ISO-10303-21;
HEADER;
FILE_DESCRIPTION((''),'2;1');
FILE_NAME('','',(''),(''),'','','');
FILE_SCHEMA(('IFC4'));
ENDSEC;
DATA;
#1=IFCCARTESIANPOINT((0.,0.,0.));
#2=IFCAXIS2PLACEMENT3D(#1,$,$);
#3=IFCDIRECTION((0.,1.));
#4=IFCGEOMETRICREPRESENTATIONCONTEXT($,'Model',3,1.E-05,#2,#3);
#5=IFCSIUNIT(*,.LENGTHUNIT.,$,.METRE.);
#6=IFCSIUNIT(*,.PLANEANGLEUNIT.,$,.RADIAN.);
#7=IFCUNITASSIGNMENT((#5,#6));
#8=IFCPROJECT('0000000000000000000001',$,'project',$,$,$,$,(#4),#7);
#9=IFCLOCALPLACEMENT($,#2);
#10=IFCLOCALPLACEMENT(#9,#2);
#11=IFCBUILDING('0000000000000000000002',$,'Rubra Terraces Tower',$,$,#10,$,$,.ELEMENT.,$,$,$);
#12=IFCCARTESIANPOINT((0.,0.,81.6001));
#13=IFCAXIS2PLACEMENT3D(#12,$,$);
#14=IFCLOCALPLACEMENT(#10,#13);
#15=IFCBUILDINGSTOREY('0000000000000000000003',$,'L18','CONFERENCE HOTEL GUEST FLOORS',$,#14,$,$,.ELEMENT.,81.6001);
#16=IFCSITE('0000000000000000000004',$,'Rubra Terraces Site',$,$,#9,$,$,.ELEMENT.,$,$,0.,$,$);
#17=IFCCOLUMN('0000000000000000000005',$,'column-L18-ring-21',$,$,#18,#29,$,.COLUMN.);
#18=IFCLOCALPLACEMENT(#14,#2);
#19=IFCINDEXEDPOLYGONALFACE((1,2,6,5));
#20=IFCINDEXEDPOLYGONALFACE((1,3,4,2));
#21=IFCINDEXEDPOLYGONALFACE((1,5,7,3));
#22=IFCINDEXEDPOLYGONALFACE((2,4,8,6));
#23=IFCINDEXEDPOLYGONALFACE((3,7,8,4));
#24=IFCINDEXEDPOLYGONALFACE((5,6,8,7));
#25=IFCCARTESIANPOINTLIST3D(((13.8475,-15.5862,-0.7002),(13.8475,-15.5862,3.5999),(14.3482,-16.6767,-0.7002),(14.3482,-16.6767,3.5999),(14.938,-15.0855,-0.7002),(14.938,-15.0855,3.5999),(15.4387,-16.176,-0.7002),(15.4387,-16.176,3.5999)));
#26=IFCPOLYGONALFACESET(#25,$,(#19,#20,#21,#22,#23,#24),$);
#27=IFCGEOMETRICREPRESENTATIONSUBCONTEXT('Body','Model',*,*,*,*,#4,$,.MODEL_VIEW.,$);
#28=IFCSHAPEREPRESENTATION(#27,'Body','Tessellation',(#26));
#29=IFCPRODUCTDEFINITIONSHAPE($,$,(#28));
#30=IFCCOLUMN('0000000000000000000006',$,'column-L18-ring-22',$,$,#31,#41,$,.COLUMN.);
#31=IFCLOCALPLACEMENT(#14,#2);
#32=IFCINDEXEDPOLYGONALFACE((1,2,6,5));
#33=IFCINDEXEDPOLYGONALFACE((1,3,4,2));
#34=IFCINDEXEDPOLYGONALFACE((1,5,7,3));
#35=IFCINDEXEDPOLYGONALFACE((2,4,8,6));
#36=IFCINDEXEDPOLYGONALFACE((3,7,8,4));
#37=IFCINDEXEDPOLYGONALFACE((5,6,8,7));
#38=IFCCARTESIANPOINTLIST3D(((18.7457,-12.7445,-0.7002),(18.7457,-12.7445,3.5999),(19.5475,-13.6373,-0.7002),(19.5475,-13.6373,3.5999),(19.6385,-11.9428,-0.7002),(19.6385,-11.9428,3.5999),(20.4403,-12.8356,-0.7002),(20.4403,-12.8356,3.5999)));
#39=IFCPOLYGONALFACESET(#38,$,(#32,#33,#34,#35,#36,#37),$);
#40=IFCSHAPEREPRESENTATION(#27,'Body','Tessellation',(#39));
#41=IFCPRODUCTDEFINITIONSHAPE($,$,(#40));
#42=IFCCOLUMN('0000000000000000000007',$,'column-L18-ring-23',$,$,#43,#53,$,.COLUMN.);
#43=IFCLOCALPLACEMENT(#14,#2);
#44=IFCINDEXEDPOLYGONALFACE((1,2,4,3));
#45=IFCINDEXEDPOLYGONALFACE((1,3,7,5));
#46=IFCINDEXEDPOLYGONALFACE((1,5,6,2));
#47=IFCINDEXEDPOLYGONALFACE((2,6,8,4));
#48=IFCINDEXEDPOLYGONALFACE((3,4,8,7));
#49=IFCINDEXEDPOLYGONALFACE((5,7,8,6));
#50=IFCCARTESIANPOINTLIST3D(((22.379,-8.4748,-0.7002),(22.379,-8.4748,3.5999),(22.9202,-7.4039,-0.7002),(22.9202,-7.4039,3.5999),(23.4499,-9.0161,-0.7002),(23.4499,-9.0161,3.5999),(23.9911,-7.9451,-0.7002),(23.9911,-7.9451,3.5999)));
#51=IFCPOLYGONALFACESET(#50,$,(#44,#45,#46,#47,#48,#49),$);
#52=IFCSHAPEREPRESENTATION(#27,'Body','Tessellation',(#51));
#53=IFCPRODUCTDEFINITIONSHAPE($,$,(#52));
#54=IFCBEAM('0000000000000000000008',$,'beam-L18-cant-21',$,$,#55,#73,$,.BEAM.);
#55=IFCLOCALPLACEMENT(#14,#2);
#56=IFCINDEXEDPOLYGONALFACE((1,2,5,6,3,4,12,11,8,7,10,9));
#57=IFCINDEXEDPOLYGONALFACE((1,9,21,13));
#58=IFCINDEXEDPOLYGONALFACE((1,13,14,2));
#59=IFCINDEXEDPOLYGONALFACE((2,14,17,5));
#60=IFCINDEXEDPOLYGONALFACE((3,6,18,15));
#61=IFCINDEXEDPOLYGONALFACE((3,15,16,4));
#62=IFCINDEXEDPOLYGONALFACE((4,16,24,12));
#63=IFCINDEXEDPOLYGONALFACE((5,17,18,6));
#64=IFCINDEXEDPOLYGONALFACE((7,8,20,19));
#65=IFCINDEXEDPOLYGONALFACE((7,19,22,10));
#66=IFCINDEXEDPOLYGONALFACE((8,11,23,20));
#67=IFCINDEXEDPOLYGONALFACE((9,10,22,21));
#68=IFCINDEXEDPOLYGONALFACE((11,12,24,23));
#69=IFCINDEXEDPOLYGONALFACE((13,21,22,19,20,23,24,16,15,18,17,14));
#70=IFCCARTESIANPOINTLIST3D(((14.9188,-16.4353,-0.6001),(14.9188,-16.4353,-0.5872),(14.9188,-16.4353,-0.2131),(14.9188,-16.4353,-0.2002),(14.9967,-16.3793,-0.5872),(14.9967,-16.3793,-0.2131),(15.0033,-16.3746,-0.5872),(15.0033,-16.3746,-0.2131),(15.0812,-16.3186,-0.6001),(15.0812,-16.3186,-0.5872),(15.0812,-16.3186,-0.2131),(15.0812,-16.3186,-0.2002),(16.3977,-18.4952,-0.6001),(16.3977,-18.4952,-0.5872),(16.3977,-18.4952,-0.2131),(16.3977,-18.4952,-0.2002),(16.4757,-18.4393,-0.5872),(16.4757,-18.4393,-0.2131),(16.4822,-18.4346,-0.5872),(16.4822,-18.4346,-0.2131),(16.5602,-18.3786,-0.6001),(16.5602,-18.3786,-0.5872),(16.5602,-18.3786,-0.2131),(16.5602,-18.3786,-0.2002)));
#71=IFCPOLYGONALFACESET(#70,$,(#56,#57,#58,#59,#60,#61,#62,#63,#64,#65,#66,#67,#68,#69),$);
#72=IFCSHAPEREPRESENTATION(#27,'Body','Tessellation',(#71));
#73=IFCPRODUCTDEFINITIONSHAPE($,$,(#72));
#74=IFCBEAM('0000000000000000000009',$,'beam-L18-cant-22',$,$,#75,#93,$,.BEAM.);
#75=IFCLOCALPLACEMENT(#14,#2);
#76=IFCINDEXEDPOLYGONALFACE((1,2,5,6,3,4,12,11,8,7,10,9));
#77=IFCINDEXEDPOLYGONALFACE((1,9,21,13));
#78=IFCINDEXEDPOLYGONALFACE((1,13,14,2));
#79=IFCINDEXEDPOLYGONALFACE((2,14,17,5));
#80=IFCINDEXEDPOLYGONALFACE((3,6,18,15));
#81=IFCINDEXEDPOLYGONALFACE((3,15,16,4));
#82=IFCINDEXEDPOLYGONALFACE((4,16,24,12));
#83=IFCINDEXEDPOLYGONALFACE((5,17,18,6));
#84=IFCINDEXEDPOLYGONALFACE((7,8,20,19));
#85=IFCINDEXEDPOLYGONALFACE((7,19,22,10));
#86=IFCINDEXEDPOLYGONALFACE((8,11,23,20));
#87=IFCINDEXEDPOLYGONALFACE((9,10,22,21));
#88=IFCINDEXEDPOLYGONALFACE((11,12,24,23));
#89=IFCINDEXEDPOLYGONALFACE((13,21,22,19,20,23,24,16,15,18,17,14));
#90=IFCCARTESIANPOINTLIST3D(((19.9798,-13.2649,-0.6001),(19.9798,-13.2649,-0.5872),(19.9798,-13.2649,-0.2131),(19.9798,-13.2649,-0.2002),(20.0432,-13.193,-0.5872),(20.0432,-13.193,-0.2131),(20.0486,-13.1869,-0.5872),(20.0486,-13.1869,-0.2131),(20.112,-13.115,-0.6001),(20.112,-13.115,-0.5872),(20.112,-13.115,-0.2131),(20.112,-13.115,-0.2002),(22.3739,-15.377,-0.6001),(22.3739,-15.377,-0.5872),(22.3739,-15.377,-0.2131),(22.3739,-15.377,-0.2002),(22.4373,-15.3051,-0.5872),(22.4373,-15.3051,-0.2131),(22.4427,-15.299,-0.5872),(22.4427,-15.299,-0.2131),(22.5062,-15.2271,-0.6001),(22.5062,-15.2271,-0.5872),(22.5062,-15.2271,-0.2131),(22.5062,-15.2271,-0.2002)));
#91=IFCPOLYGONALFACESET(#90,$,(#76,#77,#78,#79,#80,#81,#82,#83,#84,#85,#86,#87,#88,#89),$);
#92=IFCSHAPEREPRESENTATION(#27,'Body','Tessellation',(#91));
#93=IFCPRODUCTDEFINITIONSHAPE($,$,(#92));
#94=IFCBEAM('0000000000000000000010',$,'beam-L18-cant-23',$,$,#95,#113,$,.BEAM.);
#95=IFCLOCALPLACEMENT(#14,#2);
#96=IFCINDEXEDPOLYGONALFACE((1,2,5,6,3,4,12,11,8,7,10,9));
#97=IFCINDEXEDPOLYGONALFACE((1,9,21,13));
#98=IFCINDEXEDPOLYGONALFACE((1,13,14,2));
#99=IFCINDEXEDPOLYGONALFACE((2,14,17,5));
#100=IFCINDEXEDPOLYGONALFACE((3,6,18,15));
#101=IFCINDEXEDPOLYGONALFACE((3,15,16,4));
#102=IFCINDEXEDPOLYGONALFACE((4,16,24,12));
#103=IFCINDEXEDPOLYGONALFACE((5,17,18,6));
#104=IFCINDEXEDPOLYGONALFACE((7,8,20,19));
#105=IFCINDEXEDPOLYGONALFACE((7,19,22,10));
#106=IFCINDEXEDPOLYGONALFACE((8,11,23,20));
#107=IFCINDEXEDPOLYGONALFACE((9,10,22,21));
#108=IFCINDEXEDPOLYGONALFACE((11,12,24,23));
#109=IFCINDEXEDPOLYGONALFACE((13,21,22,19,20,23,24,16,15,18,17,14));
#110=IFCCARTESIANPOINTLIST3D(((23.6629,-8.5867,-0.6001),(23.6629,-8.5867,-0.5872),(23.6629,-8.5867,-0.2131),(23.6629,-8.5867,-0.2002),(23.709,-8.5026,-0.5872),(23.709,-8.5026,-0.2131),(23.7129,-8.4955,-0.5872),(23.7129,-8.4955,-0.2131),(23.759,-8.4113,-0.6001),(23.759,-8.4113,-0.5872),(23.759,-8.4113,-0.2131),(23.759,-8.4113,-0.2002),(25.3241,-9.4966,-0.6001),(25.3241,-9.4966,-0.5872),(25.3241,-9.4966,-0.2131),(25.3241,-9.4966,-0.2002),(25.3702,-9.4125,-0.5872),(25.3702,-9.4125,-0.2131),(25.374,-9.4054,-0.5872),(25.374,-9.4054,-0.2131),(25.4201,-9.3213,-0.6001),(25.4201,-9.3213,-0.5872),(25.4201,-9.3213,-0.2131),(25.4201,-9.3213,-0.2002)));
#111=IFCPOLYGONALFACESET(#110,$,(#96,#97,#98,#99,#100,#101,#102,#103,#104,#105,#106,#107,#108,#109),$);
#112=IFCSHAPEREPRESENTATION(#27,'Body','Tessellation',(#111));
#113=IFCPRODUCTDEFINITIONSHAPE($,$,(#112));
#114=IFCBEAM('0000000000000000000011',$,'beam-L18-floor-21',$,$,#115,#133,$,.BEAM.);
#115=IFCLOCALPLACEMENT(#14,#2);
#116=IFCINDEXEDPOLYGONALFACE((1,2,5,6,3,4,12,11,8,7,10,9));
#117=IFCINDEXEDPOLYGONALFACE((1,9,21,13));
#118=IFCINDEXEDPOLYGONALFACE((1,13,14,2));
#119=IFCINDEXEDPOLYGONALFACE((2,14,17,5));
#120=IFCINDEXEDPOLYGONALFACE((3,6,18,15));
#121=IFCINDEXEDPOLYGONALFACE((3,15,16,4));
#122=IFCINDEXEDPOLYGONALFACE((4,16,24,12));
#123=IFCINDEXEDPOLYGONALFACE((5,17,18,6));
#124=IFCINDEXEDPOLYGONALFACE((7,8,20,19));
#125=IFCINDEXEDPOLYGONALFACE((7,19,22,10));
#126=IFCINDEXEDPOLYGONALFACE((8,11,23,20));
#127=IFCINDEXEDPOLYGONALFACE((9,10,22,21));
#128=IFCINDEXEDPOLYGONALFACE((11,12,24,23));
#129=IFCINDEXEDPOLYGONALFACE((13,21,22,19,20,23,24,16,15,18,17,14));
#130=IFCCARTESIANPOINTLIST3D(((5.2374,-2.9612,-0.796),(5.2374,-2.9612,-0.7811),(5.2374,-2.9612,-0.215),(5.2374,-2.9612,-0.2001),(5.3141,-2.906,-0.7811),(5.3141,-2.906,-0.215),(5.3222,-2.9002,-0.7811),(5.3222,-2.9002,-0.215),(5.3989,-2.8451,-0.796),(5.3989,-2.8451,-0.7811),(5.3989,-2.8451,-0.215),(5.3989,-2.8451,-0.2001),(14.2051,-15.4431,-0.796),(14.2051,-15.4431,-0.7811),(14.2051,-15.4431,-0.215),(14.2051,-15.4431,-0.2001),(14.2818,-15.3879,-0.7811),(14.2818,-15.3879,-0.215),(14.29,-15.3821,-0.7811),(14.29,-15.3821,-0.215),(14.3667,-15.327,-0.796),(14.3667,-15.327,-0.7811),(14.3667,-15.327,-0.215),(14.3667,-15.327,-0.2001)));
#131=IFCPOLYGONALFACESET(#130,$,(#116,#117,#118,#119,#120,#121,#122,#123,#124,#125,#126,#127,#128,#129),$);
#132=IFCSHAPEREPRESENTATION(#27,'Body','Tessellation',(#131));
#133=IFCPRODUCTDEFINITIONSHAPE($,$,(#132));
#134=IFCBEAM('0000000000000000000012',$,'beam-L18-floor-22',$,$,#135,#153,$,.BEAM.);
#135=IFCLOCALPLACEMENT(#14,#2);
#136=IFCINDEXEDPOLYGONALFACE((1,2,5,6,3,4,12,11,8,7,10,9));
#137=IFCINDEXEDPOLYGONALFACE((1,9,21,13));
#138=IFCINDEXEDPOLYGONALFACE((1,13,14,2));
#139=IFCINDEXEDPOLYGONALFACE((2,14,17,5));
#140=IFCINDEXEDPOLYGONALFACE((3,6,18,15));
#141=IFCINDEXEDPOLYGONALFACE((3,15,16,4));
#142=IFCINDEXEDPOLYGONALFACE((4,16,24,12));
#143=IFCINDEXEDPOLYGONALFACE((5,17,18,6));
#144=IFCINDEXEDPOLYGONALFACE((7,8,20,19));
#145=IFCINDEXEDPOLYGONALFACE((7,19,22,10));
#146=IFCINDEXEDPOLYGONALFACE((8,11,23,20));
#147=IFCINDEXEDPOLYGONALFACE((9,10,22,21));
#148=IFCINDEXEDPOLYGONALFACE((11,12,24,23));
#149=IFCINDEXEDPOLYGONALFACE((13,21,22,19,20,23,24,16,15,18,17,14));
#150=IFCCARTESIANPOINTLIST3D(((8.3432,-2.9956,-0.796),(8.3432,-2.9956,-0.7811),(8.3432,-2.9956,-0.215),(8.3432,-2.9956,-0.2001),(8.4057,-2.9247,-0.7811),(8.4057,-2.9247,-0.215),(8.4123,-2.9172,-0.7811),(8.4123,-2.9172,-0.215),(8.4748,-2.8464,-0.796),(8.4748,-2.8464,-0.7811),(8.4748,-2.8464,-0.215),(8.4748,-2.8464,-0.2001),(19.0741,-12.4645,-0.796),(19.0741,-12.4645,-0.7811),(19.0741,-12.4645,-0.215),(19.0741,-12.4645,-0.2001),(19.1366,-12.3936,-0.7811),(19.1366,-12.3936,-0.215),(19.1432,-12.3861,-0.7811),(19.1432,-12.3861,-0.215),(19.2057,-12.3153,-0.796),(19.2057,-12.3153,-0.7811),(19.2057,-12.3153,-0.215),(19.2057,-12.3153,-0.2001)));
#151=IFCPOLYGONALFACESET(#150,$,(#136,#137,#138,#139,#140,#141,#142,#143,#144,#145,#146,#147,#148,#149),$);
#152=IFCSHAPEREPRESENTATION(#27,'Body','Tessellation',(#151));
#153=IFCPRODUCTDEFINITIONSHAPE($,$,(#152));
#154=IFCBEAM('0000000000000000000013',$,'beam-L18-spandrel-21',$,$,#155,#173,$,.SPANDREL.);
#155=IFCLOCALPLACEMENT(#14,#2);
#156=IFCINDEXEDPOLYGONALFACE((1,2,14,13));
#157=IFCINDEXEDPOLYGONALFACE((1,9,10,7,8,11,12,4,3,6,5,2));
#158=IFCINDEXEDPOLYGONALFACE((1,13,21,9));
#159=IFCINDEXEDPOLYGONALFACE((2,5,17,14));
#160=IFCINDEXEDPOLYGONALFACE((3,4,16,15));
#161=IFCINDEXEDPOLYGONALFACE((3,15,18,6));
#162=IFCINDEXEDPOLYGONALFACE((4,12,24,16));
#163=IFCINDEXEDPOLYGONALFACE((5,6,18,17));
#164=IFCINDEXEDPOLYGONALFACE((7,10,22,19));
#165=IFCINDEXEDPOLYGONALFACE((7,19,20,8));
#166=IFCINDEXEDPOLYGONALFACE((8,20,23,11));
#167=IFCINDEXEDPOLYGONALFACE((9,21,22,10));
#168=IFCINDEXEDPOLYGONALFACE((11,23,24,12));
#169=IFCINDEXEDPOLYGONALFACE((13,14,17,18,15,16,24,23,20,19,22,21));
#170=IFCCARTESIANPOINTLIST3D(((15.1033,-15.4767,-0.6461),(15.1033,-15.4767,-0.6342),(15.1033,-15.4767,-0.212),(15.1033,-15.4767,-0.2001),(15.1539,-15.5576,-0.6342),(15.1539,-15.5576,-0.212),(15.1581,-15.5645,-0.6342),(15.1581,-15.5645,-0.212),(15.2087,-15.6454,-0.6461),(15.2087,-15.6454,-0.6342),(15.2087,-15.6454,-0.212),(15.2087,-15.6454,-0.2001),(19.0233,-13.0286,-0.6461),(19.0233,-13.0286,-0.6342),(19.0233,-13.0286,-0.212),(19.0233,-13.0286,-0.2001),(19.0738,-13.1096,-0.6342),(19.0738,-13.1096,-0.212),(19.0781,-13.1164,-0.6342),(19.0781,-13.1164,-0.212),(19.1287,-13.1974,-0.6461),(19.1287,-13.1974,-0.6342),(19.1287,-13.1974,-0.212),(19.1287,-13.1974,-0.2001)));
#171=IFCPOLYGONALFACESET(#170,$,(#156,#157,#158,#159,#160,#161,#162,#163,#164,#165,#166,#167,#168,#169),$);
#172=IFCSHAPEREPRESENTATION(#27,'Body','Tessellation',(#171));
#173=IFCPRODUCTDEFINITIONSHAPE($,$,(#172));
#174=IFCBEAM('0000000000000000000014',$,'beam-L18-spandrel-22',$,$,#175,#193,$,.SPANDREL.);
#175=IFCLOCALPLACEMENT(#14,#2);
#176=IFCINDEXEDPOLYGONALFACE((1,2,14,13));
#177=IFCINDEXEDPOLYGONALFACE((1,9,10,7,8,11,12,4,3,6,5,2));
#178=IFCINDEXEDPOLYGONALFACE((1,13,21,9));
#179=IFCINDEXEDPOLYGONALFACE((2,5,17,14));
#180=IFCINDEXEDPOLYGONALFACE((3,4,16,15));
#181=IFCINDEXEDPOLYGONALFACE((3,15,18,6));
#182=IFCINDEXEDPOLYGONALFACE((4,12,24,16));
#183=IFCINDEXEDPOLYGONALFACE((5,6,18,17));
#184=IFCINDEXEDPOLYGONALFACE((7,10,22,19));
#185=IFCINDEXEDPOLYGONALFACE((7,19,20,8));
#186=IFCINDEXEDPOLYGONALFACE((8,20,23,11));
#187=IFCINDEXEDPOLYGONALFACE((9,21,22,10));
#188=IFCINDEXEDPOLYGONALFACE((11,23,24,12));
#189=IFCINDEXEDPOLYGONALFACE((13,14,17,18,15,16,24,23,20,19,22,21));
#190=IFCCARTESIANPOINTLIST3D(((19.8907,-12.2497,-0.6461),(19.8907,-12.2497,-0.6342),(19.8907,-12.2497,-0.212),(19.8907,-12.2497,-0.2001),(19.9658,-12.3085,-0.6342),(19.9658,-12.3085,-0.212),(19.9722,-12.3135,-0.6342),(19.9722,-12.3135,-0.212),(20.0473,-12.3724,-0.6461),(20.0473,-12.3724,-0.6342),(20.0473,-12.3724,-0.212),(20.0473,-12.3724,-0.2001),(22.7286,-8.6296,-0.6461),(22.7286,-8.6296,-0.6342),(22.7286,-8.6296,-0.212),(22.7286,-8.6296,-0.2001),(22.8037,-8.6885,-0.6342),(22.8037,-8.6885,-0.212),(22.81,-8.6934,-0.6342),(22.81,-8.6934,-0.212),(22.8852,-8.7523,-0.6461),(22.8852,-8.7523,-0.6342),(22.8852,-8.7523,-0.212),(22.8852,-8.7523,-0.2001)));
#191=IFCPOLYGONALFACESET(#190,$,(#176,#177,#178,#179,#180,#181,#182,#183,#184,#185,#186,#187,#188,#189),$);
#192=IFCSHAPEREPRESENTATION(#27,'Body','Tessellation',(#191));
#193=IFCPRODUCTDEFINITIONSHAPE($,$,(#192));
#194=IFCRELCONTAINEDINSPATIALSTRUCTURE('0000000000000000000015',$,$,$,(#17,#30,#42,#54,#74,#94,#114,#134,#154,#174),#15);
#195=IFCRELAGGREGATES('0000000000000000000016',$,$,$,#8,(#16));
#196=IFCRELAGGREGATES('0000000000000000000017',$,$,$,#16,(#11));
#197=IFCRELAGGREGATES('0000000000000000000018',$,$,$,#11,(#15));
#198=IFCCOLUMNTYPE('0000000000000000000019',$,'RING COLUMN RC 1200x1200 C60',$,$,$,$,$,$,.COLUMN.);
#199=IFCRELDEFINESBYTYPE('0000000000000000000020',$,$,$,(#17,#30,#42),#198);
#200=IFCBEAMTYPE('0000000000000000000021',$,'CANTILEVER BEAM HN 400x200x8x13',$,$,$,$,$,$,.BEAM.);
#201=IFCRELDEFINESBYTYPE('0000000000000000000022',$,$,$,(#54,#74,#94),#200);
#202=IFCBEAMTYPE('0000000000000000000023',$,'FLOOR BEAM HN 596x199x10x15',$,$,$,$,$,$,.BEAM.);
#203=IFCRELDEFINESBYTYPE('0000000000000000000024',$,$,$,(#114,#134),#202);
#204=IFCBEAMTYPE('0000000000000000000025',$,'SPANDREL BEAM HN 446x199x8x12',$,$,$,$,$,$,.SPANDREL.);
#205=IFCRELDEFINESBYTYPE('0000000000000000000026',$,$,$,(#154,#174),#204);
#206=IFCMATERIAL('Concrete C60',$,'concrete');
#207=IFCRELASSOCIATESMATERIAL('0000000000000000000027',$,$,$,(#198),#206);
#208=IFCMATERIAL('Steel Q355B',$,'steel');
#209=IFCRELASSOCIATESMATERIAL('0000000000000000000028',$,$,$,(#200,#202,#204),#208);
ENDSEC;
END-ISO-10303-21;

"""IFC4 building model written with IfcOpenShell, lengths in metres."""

from ifc_helpers import new_model, si_unit, direction, frame, origin, origin_2d, place, context, subcontext, project, spatial, rectangle, i_section, extrude, material, material_profile, profile_set, type_object, element, save


model = new_model("IFC4")

# Units and contexts
model_context = context("Model", 3, precision=1e-05, world=origin(), true_north=direction((0.0, 1.0)))
body_context = subcontext(model_context, "Body", "Model", "MODEL_VIEW")
ifc_project = project(units=[si_unit("LENGTHUNIT", "METRE"), si_unit("PLANEANGLEUNIT", "RADIAN")], contexts=[model_context])

# Site, building, storey
site_placement = place(None, origin())
site = spatial("IfcSite", under=ifc_project, at=site_placement, Name="Rubra Terraces Site", CompositionType="ELEMENT", RefElevation=0.0)
building_placement = place(site_placement, origin())
building = spatial("IfcBuilding", under=site, at=building_placement, Name="Rubra Terraces Tower", CompositionType="ELEMENT")
storey_placement = place(building_placement, frame((0.0, 0.0, 81.6001)))
storey = spatial("IfcBuildingStorey", under=building, at=storey_placement, Name="L18", Description="CONFERENCE HOTEL GUEST FLOORS", CompositionType="ELEMENT", Elevation=81.6001)

# Columns
ifc_material_1 = material(Name="Concrete C60", Category="concrete")
ifc_material_profile_1 = material_profile(ifc_material_1, rectangle(XDim=1.2, YDim=1.2, at=origin_2d()), Name="RC 1200x1200")
ifc_profile_set_1 = profile_set([ifc_material_profile_1], Name="Concrete C60")
column_type = type_object("IfcColumnType", Name="RING COLUMN RC 1200x1200 C60", PredefinedType="COLUMN", material=ifc_profile_set_1)
for number, where, z_axis, x_axis, name in (
    (1, (14.6431, -15.8811, -0.7002), (0.0, 0.0, 1.0), (0.908779, 0.417279, 0.0), "column-L18-ring-21"),
    (2, (19.593, -12.79, -0.7002), (0.0, 0.0, 1.0), (0.744021, 0.668156, 0.0), "column-L18-ring-22"),
    (3, (23.1851, -8.21, -0.7002), (0.0, 0.0, 1.0), (0.451028, 0.89251, 0.0), "column-L18-ring-23"),
):
    element("IfcColumn", number, at=place(storey_placement, frame(where, z_axis=z_axis, x_axis=x_axis)), inside=storey, type_object=column_type, Name=name, PredefinedType="COLUMN", context=body_context, shape_type="SweptSolid", body=[
        extrude(rectangle(XDim=1.2, YDim=1.2, at=origin_2d()), origin(), (0.0, 0.0, 1.0), 4.3),
    ])

# Beams
ifc_material_2 = material(Name="Steel Q355B", Category="steel")
ifc_material_profile_2 = material_profile(ifc_material_2, i_section(OverallWidth=0.2, OverallDepth=0.3999, WebThickness=0.0081, FlangeThickness=0.0129, at=origin_2d()), Name="HN 400x200x8x13")
ifc_profile_set_2 = profile_set([ifc_material_profile_2], Name="Steel Q355B")
beam_type_1 = type_object("IfcBeamType", Name="CANTILEVER BEAM HN 400x200x8x13", PredefinedType="BEAM", material=ifc_profile_set_2)
beam_1_placement = place(storey_placement, frame((15.0, -16.377, -0.4001), z_axis=(0.583204, -0.812326, 0.0), x_axis=(0.812326, 0.583204, 0.0)))
element("IfcBeam", 4, at=beam_1_placement, inside=storey, type_object=beam_type_1, Name="beam-L18-cant-21", PredefinedType="BEAM", context=body_context, shape_type="SweptSolid", body=[
    extrude(i_section(OverallWidth=0.2, OverallDepth=0.3999, WebThickness=0.0081, FlangeThickness=0.0129, at=origin_2d()), origin(), (0.0, 0.0, 1.0), 2.5359),
])
beam_2_placement = place(storey_placement, frame((20.0459, -13.1899, -0.4001), z_axis=(0.749889, -0.661563, 0.0), x_axis=(0.661563, 0.749889, 0.0)))
element("IfcBeam", 5, at=beam_2_placement, inside=storey, type_object=beam_type_1, Name="beam-L18-cant-22", PredefinedType="BEAM", context=body_context, shape_type="SweptSolid", body=[
    extrude(i_section(OverallWidth=0.2, OverallDepth=0.3999, WebThickness=0.0081, FlangeThickness=0.0129, at=origin_2d()), origin(), (0.0, 0.0, 1.0), 3.1926),
])
beam_3_placement = place(storey_placement, frame((23.7109, -8.499, -0.4001), z_axis=(0.877042, -0.480414, 0.0), x_axis=(0.480414, 0.877042, 0.0)))
element("IfcBeam", 6, at=beam_3_placement, inside=storey, type_object=beam_type_1, Name="beam-L18-cant-23", PredefinedType="BEAM", context=body_context, shape_type="SweptSolid", body=[
    extrude(i_section(OverallWidth=0.2, OverallDepth=0.3999, WebThickness=0.0081, FlangeThickness=0.0129, at=origin_2d()), origin(), (0.0, 0.0, 1.0), 1.894),
])
ifc_material_profile_3 = material_profile(ifc_material_2, i_section(OverallWidth=0.199, OverallDepth=0.5959, WebThickness=0.01, FlangeThickness=0.0149, at=origin_2d()), Name="HN 596x199x10x15")
ifc_profile_set_3 = profile_set([ifc_material_profile_3], Name="Steel Q355B")
beam_type_2 = type_object("IfcBeamType", Name="FLOOR BEAM HN 596x199x10x15", PredefinedType="BEAM", material=ifc_profile_set_3)
beam_4_placement = place(storey_placement, frame((14.2859, -15.385, -0.498), z_axis=(-0.583481, 0.812127, 0.0), x_axis=(-0.812127, -0.583481, 0.0)))
element("IfcBeam", 7, at=beam_4_placement, inside=storey, type_object=beam_type_2, Name="beam-L18-floor-21", PredefinedType="BEAM", context=body_context, shape_type="SweptSolid", body=[
    extrude(i_section(OverallWidth=0.199, OverallDepth=0.5959, WebThickness=0.01, FlangeThickness=0.0149, at=origin_2d()), origin(), (0.0, 0.0, 1.0), 15.3694),
])
beam_5_placement = place(storey_placement, frame((19.1399, -12.3899, -0.498), z_axis=(-0.74982, 0.661641, 0.0), x_axis=(-0.661641, -0.74982, 0.0)))
element("IfcBeam", 8, at=beam_5_placement, inside=storey, type_object=beam_type_2, Name="beam-L18-floor-22", PredefinedType="BEAM", context=body_context, shape_type="SweptSolid", body=[
    extrude(i_section(OverallWidth=0.199, OverallDepth=0.5959, WebThickness=0.01, FlangeThickness=0.0149, at=origin_2d()), origin(), (0.0, 0.0, 1.0), 14.3113),
])
ifc_material_profile_4 = material_profile(ifc_material_2, i_section(OverallWidth=0.199, OverallDepth=0.446, WebThickness=0.0081, FlangeThickness=0.012, at=origin_2d()), Name="HN 446x199x8x12")
ifc_profile_set_4 = profile_set([ifc_material_profile_4], Name="Steel Q355B")
beam_type_3 = type_object("IfcBeamType", Name="SPANDREL BEAM HN 446x199x8x12", PredefinedType="SPANDREL", material=ifc_profile_set_4)
beam_6_placement = place(storey_placement, frame((15.156, -15.561, -0.4231), z_axis=(0.848188, 0.529695, 0.0), x_axis=(-0.529695, 0.848188, 0.0)))
element("IfcBeam", 9, at=beam_6_placement, inside=storey, type_object=beam_type_3, Name="beam-L18-spandrel-21", PredefinedType="SPANDREL", context=body_context, shape_type="SweptSolid", body=[
    extrude(i_section(OverallWidth=0.199, OverallDepth=0.446, WebThickness=0.0081, FlangeThickness=0.012, at=origin_2d()), origin(), (0.0, 0.0, 1.0), 4.6216),
])
beam_7_placement = place(storey_placement, frame((19.969, -12.311, -0.4231), z_axis=(0.616949, 0.787003, 0.0), x_axis=(-0.787003, 0.616949, 0.0)))
element("IfcBeam", 10, at=beam_7_placement, inside=storey, type_object=beam_type_3, Name="beam-L18-spandrel-22", PredefinedType="SPANDREL", context=body_context, shape_type="SweptSolid", body=[
    extrude(i_section(OverallWidth=0.199, OverallDepth=0.446, WebThickness=0.0081, FlangeThickness=0.012, at=origin_2d()), origin(), (0.0, 0.0, 1.0), 4.5999),
])

save(model, "model.ifc")
